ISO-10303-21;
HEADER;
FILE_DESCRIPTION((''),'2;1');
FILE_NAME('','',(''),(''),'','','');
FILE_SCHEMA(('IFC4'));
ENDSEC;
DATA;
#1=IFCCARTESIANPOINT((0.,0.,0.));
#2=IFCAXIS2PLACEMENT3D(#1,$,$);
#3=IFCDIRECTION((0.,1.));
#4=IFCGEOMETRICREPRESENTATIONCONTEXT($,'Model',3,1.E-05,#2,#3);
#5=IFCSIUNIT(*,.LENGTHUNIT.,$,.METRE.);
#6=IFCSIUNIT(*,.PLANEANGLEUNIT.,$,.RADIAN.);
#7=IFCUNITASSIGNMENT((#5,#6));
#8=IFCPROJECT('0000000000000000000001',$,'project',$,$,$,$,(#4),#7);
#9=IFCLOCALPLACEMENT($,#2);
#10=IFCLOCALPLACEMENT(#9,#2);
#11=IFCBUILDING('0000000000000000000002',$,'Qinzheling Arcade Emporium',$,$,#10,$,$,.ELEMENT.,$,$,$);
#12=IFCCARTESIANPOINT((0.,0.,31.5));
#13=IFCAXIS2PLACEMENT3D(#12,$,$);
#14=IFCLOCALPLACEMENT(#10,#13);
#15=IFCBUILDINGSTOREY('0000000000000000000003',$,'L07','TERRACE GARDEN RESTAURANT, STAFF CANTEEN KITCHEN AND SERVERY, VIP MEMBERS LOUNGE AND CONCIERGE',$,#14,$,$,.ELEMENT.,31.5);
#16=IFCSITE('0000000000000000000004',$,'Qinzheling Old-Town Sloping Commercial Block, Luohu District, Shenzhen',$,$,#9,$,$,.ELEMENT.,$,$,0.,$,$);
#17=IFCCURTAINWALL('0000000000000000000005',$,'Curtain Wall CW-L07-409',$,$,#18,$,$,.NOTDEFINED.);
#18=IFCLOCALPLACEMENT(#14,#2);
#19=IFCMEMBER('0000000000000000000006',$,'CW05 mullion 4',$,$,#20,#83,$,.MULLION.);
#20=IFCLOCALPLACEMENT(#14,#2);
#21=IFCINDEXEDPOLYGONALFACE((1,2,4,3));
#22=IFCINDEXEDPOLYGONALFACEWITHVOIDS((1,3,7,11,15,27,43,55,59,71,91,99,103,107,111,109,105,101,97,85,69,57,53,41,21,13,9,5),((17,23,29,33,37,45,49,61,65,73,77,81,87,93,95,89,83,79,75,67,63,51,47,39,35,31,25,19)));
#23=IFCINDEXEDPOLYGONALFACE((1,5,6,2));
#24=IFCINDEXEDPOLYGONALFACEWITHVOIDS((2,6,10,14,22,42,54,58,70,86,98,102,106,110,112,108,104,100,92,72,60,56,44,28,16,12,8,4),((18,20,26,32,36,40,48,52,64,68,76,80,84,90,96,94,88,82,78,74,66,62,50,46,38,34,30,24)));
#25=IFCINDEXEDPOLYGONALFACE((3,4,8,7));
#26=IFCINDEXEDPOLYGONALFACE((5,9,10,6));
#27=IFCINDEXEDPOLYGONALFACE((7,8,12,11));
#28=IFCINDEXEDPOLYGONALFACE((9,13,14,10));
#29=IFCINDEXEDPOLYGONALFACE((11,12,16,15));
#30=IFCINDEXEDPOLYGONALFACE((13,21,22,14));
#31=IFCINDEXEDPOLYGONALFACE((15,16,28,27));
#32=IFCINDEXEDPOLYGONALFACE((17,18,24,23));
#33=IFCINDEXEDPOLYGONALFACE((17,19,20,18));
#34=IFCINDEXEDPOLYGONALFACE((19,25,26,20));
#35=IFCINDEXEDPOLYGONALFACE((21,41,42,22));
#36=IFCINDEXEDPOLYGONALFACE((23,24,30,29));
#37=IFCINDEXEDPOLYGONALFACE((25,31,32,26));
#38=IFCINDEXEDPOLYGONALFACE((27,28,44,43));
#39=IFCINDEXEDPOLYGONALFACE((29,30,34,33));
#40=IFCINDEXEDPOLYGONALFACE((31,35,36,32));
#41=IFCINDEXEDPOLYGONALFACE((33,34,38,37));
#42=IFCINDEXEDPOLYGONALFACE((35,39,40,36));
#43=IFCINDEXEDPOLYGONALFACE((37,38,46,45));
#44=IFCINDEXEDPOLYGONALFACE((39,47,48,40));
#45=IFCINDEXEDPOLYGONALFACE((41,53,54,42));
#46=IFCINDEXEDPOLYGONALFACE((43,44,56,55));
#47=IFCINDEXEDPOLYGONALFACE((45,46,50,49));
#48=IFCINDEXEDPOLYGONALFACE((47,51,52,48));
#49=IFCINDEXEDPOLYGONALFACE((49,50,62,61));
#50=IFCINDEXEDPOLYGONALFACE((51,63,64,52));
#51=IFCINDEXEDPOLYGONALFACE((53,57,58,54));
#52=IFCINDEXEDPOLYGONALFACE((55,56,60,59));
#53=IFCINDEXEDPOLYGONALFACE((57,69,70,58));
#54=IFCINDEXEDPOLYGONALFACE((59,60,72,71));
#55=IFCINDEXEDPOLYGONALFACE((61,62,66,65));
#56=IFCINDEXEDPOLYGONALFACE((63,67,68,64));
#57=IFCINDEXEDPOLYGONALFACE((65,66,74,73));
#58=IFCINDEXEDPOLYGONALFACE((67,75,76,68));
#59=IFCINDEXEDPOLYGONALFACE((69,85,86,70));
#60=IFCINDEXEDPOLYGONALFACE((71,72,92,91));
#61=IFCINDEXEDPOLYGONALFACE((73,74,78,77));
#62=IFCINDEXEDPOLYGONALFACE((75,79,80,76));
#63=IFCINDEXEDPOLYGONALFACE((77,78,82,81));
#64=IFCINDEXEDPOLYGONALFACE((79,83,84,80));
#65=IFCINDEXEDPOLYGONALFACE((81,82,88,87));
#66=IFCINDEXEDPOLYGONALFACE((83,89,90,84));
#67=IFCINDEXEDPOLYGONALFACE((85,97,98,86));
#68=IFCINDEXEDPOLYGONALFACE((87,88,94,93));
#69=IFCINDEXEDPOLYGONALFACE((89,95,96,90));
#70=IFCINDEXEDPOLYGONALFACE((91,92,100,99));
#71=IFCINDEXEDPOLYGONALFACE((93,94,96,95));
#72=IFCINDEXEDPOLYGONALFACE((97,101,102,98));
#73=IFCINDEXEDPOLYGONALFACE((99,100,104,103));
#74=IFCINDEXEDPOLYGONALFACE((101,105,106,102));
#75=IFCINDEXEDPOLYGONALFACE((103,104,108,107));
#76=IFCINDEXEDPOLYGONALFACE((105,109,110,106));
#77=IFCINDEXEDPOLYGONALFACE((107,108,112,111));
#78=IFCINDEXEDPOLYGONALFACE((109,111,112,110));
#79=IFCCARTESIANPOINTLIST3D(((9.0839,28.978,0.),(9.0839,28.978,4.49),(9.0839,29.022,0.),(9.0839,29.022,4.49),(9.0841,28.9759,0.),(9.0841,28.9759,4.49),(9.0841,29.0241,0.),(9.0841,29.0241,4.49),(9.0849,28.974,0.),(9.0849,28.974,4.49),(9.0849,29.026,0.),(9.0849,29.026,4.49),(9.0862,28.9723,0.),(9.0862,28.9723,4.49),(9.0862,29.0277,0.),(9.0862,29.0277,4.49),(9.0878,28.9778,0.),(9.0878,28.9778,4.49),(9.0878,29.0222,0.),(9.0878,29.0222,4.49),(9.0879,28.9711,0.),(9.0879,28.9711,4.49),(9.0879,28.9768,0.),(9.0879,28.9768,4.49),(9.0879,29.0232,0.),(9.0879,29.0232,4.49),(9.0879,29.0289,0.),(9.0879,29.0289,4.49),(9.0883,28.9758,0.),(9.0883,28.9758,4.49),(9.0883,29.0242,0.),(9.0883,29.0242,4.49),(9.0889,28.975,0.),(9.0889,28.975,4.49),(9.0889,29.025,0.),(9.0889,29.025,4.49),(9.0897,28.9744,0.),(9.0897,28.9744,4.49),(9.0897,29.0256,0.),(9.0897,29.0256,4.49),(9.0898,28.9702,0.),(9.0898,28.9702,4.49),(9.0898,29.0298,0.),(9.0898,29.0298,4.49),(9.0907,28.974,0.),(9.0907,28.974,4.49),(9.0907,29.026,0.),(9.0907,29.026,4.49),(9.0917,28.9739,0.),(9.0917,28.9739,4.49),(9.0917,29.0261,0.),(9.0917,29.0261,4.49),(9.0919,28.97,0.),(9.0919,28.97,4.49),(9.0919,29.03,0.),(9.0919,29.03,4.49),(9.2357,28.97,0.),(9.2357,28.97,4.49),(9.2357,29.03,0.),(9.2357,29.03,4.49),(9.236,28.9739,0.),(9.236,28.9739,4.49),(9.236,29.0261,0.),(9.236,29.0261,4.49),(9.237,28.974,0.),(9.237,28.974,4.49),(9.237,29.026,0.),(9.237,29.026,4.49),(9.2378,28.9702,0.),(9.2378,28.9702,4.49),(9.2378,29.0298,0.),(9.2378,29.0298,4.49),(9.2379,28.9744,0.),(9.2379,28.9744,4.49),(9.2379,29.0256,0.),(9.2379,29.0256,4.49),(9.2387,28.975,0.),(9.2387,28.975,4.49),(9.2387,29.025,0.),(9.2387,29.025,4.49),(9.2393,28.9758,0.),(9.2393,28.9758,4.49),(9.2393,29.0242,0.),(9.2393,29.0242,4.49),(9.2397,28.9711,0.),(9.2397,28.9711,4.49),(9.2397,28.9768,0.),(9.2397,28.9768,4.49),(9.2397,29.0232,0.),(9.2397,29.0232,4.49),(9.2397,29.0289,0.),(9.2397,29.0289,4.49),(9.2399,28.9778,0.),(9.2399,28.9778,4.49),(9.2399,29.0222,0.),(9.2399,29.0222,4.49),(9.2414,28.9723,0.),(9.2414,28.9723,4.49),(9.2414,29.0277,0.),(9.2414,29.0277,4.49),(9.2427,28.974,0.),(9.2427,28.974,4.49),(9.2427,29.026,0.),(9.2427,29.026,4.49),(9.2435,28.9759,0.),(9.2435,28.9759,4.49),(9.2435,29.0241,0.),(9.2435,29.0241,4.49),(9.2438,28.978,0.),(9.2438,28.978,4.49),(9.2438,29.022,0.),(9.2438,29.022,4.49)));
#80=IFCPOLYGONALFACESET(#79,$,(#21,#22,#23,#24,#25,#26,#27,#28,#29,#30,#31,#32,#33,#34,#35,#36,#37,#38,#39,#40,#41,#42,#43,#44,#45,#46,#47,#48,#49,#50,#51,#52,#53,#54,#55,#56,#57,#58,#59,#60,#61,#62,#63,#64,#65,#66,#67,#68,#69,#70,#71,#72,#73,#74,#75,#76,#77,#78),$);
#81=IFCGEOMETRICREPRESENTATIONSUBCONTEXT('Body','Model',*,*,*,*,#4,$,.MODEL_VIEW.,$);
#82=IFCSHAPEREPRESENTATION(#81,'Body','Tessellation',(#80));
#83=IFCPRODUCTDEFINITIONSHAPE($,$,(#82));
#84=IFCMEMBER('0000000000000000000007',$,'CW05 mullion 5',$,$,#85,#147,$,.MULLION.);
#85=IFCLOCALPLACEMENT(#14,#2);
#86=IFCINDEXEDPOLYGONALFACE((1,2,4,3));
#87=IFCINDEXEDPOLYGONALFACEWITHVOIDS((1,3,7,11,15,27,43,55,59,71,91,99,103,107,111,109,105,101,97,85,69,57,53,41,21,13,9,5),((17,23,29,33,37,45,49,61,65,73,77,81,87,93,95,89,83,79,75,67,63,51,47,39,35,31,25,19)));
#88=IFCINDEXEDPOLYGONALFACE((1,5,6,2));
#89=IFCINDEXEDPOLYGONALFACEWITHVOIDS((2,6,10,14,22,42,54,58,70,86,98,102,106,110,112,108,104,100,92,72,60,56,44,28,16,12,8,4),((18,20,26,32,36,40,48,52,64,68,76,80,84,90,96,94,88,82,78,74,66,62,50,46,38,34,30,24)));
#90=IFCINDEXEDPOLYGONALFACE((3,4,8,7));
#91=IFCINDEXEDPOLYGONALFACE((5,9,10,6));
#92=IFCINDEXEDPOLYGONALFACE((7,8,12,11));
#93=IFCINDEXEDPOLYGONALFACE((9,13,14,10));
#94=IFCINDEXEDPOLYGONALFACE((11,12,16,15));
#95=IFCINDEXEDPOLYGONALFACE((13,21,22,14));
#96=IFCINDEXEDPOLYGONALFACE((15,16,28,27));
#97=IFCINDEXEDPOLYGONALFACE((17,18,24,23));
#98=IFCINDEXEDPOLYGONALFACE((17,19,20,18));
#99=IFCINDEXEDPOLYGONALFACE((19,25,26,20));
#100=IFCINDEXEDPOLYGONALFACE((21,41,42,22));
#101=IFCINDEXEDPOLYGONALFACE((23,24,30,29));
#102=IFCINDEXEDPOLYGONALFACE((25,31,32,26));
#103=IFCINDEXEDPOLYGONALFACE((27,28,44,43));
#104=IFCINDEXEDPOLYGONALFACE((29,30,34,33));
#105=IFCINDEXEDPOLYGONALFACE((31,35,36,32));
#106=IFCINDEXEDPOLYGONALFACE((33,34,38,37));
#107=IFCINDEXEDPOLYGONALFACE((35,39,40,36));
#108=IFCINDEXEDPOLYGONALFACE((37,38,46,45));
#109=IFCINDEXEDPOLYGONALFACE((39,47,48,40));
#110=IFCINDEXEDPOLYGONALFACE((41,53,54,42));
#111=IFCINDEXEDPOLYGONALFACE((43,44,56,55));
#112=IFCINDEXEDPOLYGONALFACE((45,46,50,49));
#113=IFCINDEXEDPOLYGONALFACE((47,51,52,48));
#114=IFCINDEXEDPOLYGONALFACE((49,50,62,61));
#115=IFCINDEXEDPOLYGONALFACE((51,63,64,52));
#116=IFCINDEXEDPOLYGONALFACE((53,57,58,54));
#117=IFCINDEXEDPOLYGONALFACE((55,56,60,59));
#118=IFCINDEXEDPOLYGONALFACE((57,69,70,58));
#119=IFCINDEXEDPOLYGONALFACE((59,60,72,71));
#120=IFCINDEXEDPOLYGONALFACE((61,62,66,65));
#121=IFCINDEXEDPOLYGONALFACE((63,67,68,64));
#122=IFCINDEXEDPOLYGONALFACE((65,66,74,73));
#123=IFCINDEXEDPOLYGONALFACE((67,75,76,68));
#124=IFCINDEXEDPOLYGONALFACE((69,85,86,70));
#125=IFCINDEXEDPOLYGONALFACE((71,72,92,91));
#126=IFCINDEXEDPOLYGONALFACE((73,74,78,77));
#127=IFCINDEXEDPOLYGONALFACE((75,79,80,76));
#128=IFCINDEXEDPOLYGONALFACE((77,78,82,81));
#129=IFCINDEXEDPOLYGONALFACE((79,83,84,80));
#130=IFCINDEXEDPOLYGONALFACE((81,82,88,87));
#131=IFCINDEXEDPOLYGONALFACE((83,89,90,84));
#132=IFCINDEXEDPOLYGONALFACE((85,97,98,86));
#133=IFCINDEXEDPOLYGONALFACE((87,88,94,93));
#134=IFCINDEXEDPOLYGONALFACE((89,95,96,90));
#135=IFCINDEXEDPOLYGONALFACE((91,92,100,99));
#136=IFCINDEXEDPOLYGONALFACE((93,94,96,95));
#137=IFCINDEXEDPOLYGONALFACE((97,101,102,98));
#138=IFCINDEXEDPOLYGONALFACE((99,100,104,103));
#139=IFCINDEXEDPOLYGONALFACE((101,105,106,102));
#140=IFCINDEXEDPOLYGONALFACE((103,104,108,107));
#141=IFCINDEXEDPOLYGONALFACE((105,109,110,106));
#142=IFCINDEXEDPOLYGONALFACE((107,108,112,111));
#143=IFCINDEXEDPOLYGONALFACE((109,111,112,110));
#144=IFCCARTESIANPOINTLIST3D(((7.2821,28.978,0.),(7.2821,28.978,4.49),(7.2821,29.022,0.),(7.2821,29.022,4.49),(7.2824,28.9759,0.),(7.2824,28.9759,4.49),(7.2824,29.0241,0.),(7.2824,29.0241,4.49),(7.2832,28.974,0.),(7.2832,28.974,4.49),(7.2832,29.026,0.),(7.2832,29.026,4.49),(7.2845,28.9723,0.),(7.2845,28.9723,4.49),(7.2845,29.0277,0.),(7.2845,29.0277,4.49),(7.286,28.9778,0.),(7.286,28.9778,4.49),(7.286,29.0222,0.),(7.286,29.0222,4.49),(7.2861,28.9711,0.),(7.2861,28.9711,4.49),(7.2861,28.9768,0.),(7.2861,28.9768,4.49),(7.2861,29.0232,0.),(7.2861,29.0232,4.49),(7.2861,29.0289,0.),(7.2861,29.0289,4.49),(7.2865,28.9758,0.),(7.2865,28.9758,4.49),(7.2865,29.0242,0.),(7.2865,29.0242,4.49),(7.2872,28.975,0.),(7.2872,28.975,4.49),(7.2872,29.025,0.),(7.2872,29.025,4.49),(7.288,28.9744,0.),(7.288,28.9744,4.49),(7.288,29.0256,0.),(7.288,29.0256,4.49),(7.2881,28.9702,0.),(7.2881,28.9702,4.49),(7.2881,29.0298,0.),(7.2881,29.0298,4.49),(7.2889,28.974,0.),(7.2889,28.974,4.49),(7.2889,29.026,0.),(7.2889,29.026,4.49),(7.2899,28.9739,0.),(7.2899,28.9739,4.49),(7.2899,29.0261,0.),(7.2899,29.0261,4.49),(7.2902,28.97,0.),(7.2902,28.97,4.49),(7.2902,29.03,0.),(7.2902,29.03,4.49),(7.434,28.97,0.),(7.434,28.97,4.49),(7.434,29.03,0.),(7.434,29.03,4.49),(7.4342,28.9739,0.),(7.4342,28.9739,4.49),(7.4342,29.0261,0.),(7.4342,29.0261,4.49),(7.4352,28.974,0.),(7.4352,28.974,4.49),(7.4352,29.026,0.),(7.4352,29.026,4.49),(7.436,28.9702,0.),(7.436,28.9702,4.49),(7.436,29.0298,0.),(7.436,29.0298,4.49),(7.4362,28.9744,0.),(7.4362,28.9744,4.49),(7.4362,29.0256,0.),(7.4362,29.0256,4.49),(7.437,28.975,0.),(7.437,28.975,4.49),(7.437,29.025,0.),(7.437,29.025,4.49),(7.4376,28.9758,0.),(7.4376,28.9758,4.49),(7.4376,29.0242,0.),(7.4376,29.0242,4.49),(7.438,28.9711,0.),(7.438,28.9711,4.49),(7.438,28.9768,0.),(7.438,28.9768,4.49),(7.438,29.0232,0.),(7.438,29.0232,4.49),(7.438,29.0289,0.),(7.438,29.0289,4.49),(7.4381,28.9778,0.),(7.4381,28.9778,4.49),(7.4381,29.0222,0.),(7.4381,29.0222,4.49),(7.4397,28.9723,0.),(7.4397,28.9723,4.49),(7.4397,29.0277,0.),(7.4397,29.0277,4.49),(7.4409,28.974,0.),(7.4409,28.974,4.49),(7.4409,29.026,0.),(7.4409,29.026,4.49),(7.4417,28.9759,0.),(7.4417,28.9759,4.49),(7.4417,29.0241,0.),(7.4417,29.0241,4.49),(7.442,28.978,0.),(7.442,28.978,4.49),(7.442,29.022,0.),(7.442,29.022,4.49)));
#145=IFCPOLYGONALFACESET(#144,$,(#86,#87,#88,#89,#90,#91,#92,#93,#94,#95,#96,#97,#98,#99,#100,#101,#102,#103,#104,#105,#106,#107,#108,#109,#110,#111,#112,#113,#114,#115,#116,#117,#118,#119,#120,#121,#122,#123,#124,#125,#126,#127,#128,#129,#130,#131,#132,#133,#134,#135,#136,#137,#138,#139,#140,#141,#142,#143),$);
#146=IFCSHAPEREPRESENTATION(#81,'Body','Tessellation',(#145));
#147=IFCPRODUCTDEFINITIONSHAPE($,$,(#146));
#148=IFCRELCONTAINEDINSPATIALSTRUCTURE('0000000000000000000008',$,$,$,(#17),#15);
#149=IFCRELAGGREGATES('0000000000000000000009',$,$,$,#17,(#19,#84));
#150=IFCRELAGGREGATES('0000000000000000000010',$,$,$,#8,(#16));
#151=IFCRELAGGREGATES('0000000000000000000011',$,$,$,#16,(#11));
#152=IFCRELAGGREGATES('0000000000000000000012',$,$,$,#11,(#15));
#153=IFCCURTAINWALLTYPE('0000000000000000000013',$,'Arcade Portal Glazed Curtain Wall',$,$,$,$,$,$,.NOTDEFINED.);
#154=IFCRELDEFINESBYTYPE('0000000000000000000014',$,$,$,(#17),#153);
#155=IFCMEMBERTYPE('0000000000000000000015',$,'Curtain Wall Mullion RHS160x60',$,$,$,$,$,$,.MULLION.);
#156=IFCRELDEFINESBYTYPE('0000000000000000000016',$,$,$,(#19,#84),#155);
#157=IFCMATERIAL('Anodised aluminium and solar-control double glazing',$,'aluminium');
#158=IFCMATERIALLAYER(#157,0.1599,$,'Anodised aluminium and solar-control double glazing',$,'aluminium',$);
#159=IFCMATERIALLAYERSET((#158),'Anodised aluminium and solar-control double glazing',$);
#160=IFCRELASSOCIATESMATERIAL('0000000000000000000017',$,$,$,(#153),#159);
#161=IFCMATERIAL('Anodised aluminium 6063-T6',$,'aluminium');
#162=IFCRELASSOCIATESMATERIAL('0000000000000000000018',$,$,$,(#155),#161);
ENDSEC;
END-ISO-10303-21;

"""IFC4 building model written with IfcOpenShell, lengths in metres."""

from ifc_helpers import new_model, si_unit, direction, frame, origin, origin_2d, place, context, subcontext, project, spatial, hollow_rectangle, extrude, material, layer, layer_set, material_profile, profile_set, type_object, element, aggregate, save


model = new_model("IFC4")

# Units and contexts
model_context = context("Model", 3, precision=1e-05, world=origin(), true_north=direction((0.0, 1.0)))
body_context = subcontext(model_context, "Body", "Model", "MODEL_VIEW")
ifc_project = project(units=[si_unit("LENGTHUNIT", "METRE"), si_unit("PLANEANGLEUNIT", "RADIAN")], contexts=[model_context])

# Site, building, storey
site_placement = place(None, origin())
site = spatial("IfcSite", under=ifc_project, at=site_placement, Name="Qinzheling Old-Town Sloping Commercial Block, Luohu District, Shenzhen", CompositionType="ELEMENT", RefElevation=0.0)
building_placement = place(site_placement, origin())
building = spatial("IfcBuilding", under=site, at=building_placement, Name="Qinzheling Arcade Emporium", CompositionType="ELEMENT")
storey_placement = place(building_placement, frame((0.0, 0.0, 31.5)))
storey = spatial("IfcBuildingStorey", under=building, at=storey_placement, Name="L07", Description="TERRACE GARDEN RESTAURANT, STAFF CANTEEN KITCHEN AND SERVERY, VIP MEMBERS LOUNGE AND CONCIERGE", CompositionType="ELEMENT", Elevation=31.5)

# Curtain wall, members
ifc_material_1 = material(Name="Anodised aluminium and solar-control double glazing", Category="aluminium")
ifc_layer_1 = layer(ifc_material_1, 0.1599, Name="Anodised aluminium and solar-control double glazing", Category="aluminium")
ifc_layer_set_1 = layer_set([ifc_layer_1], Name="Anodised aluminium and solar-control double glazing")
curtain_wall_type = type_object("IfcCurtainWallType", Name="Arcade Portal Glazed Curtain Wall", PredefinedType="NOTDEFINED", material=ifc_layer_set_1)
curtain_wall_1_placement = place(storey_placement, origin())
curtain_wall_1 = element("IfcCurtainWall", 1, at=curtain_wall_1_placement, inside=storey, type_object=curtain_wall_type, Name="Curtain Wall CW-L07-409", PredefinedType="NOTDEFINED")
ifc_material_2 = material(Name="Anodised aluminium 6063-T6", Category="aluminium")
ifc_material_profile_1 = material_profile(ifc_material_2, hollow_rectangle(XDim=0.0601, YDim=0.1599, WallThickness=0.0039, InnerFilletRadius=0.0039, OuterFilletRadius=0.0081, at=origin_2d()), Name="RHS 160x60x4", Category="aluminium")
ifc_profile_set_1 = profile_set([ifc_material_profile_1], Name="Anodised aluminium 6063-T6")
member_type_1 = type_object("IfcMemberType", Name="Curtain Wall Mullion RHS160x60", PredefinedType="MULLION", material=ifc_profile_set_1)
member_1_placement = place(storey_placement, frame((9.1638, 29.0, 0.0), z_axis=(0.0, 0.0, 1.0), x_axis=(0.0, -1.0, 0.0)))
member_1 = element("IfcMember", 2, at=member_1_placement, type_object=member_type_1, Name="CW05 mullion 4", PredefinedType="MULLION", context=body_context, shape_type="SweptSolid", body=[
    extrude(hollow_rectangle(XDim=0.0601, YDim=0.1599, WallThickness=0.0039, InnerFilletRadius=0.0039, OuterFilletRadius=0.0081, at=origin_2d()), origin(), (0.0, 0.0, 1.0), 4.49),
])
member_2_placement = place(storey_placement, frame((7.3621, 29.0, 0.0), z_axis=(0.0, 0.0, 1.0), x_axis=(0.0, -1.0, 0.0)))
member_2 = element("IfcMember", 3, at=member_2_placement, type_object=member_type_1, Name="CW05 mullion 5", PredefinedType="MULLION", context=body_context, shape_type="SweptSolid", body=[
    extrude(hollow_rectangle(XDim=0.0601, YDim=0.1599, WallThickness=0.0039, InnerFilletRadius=0.0039, OuterFilletRadius=0.0081, at=origin_2d()), origin(), (0.0, 0.0, 1.0), 4.49),
])

aggregate(curtain_wall_1, [member_1, member_2])

save(model, "model.ifc")
